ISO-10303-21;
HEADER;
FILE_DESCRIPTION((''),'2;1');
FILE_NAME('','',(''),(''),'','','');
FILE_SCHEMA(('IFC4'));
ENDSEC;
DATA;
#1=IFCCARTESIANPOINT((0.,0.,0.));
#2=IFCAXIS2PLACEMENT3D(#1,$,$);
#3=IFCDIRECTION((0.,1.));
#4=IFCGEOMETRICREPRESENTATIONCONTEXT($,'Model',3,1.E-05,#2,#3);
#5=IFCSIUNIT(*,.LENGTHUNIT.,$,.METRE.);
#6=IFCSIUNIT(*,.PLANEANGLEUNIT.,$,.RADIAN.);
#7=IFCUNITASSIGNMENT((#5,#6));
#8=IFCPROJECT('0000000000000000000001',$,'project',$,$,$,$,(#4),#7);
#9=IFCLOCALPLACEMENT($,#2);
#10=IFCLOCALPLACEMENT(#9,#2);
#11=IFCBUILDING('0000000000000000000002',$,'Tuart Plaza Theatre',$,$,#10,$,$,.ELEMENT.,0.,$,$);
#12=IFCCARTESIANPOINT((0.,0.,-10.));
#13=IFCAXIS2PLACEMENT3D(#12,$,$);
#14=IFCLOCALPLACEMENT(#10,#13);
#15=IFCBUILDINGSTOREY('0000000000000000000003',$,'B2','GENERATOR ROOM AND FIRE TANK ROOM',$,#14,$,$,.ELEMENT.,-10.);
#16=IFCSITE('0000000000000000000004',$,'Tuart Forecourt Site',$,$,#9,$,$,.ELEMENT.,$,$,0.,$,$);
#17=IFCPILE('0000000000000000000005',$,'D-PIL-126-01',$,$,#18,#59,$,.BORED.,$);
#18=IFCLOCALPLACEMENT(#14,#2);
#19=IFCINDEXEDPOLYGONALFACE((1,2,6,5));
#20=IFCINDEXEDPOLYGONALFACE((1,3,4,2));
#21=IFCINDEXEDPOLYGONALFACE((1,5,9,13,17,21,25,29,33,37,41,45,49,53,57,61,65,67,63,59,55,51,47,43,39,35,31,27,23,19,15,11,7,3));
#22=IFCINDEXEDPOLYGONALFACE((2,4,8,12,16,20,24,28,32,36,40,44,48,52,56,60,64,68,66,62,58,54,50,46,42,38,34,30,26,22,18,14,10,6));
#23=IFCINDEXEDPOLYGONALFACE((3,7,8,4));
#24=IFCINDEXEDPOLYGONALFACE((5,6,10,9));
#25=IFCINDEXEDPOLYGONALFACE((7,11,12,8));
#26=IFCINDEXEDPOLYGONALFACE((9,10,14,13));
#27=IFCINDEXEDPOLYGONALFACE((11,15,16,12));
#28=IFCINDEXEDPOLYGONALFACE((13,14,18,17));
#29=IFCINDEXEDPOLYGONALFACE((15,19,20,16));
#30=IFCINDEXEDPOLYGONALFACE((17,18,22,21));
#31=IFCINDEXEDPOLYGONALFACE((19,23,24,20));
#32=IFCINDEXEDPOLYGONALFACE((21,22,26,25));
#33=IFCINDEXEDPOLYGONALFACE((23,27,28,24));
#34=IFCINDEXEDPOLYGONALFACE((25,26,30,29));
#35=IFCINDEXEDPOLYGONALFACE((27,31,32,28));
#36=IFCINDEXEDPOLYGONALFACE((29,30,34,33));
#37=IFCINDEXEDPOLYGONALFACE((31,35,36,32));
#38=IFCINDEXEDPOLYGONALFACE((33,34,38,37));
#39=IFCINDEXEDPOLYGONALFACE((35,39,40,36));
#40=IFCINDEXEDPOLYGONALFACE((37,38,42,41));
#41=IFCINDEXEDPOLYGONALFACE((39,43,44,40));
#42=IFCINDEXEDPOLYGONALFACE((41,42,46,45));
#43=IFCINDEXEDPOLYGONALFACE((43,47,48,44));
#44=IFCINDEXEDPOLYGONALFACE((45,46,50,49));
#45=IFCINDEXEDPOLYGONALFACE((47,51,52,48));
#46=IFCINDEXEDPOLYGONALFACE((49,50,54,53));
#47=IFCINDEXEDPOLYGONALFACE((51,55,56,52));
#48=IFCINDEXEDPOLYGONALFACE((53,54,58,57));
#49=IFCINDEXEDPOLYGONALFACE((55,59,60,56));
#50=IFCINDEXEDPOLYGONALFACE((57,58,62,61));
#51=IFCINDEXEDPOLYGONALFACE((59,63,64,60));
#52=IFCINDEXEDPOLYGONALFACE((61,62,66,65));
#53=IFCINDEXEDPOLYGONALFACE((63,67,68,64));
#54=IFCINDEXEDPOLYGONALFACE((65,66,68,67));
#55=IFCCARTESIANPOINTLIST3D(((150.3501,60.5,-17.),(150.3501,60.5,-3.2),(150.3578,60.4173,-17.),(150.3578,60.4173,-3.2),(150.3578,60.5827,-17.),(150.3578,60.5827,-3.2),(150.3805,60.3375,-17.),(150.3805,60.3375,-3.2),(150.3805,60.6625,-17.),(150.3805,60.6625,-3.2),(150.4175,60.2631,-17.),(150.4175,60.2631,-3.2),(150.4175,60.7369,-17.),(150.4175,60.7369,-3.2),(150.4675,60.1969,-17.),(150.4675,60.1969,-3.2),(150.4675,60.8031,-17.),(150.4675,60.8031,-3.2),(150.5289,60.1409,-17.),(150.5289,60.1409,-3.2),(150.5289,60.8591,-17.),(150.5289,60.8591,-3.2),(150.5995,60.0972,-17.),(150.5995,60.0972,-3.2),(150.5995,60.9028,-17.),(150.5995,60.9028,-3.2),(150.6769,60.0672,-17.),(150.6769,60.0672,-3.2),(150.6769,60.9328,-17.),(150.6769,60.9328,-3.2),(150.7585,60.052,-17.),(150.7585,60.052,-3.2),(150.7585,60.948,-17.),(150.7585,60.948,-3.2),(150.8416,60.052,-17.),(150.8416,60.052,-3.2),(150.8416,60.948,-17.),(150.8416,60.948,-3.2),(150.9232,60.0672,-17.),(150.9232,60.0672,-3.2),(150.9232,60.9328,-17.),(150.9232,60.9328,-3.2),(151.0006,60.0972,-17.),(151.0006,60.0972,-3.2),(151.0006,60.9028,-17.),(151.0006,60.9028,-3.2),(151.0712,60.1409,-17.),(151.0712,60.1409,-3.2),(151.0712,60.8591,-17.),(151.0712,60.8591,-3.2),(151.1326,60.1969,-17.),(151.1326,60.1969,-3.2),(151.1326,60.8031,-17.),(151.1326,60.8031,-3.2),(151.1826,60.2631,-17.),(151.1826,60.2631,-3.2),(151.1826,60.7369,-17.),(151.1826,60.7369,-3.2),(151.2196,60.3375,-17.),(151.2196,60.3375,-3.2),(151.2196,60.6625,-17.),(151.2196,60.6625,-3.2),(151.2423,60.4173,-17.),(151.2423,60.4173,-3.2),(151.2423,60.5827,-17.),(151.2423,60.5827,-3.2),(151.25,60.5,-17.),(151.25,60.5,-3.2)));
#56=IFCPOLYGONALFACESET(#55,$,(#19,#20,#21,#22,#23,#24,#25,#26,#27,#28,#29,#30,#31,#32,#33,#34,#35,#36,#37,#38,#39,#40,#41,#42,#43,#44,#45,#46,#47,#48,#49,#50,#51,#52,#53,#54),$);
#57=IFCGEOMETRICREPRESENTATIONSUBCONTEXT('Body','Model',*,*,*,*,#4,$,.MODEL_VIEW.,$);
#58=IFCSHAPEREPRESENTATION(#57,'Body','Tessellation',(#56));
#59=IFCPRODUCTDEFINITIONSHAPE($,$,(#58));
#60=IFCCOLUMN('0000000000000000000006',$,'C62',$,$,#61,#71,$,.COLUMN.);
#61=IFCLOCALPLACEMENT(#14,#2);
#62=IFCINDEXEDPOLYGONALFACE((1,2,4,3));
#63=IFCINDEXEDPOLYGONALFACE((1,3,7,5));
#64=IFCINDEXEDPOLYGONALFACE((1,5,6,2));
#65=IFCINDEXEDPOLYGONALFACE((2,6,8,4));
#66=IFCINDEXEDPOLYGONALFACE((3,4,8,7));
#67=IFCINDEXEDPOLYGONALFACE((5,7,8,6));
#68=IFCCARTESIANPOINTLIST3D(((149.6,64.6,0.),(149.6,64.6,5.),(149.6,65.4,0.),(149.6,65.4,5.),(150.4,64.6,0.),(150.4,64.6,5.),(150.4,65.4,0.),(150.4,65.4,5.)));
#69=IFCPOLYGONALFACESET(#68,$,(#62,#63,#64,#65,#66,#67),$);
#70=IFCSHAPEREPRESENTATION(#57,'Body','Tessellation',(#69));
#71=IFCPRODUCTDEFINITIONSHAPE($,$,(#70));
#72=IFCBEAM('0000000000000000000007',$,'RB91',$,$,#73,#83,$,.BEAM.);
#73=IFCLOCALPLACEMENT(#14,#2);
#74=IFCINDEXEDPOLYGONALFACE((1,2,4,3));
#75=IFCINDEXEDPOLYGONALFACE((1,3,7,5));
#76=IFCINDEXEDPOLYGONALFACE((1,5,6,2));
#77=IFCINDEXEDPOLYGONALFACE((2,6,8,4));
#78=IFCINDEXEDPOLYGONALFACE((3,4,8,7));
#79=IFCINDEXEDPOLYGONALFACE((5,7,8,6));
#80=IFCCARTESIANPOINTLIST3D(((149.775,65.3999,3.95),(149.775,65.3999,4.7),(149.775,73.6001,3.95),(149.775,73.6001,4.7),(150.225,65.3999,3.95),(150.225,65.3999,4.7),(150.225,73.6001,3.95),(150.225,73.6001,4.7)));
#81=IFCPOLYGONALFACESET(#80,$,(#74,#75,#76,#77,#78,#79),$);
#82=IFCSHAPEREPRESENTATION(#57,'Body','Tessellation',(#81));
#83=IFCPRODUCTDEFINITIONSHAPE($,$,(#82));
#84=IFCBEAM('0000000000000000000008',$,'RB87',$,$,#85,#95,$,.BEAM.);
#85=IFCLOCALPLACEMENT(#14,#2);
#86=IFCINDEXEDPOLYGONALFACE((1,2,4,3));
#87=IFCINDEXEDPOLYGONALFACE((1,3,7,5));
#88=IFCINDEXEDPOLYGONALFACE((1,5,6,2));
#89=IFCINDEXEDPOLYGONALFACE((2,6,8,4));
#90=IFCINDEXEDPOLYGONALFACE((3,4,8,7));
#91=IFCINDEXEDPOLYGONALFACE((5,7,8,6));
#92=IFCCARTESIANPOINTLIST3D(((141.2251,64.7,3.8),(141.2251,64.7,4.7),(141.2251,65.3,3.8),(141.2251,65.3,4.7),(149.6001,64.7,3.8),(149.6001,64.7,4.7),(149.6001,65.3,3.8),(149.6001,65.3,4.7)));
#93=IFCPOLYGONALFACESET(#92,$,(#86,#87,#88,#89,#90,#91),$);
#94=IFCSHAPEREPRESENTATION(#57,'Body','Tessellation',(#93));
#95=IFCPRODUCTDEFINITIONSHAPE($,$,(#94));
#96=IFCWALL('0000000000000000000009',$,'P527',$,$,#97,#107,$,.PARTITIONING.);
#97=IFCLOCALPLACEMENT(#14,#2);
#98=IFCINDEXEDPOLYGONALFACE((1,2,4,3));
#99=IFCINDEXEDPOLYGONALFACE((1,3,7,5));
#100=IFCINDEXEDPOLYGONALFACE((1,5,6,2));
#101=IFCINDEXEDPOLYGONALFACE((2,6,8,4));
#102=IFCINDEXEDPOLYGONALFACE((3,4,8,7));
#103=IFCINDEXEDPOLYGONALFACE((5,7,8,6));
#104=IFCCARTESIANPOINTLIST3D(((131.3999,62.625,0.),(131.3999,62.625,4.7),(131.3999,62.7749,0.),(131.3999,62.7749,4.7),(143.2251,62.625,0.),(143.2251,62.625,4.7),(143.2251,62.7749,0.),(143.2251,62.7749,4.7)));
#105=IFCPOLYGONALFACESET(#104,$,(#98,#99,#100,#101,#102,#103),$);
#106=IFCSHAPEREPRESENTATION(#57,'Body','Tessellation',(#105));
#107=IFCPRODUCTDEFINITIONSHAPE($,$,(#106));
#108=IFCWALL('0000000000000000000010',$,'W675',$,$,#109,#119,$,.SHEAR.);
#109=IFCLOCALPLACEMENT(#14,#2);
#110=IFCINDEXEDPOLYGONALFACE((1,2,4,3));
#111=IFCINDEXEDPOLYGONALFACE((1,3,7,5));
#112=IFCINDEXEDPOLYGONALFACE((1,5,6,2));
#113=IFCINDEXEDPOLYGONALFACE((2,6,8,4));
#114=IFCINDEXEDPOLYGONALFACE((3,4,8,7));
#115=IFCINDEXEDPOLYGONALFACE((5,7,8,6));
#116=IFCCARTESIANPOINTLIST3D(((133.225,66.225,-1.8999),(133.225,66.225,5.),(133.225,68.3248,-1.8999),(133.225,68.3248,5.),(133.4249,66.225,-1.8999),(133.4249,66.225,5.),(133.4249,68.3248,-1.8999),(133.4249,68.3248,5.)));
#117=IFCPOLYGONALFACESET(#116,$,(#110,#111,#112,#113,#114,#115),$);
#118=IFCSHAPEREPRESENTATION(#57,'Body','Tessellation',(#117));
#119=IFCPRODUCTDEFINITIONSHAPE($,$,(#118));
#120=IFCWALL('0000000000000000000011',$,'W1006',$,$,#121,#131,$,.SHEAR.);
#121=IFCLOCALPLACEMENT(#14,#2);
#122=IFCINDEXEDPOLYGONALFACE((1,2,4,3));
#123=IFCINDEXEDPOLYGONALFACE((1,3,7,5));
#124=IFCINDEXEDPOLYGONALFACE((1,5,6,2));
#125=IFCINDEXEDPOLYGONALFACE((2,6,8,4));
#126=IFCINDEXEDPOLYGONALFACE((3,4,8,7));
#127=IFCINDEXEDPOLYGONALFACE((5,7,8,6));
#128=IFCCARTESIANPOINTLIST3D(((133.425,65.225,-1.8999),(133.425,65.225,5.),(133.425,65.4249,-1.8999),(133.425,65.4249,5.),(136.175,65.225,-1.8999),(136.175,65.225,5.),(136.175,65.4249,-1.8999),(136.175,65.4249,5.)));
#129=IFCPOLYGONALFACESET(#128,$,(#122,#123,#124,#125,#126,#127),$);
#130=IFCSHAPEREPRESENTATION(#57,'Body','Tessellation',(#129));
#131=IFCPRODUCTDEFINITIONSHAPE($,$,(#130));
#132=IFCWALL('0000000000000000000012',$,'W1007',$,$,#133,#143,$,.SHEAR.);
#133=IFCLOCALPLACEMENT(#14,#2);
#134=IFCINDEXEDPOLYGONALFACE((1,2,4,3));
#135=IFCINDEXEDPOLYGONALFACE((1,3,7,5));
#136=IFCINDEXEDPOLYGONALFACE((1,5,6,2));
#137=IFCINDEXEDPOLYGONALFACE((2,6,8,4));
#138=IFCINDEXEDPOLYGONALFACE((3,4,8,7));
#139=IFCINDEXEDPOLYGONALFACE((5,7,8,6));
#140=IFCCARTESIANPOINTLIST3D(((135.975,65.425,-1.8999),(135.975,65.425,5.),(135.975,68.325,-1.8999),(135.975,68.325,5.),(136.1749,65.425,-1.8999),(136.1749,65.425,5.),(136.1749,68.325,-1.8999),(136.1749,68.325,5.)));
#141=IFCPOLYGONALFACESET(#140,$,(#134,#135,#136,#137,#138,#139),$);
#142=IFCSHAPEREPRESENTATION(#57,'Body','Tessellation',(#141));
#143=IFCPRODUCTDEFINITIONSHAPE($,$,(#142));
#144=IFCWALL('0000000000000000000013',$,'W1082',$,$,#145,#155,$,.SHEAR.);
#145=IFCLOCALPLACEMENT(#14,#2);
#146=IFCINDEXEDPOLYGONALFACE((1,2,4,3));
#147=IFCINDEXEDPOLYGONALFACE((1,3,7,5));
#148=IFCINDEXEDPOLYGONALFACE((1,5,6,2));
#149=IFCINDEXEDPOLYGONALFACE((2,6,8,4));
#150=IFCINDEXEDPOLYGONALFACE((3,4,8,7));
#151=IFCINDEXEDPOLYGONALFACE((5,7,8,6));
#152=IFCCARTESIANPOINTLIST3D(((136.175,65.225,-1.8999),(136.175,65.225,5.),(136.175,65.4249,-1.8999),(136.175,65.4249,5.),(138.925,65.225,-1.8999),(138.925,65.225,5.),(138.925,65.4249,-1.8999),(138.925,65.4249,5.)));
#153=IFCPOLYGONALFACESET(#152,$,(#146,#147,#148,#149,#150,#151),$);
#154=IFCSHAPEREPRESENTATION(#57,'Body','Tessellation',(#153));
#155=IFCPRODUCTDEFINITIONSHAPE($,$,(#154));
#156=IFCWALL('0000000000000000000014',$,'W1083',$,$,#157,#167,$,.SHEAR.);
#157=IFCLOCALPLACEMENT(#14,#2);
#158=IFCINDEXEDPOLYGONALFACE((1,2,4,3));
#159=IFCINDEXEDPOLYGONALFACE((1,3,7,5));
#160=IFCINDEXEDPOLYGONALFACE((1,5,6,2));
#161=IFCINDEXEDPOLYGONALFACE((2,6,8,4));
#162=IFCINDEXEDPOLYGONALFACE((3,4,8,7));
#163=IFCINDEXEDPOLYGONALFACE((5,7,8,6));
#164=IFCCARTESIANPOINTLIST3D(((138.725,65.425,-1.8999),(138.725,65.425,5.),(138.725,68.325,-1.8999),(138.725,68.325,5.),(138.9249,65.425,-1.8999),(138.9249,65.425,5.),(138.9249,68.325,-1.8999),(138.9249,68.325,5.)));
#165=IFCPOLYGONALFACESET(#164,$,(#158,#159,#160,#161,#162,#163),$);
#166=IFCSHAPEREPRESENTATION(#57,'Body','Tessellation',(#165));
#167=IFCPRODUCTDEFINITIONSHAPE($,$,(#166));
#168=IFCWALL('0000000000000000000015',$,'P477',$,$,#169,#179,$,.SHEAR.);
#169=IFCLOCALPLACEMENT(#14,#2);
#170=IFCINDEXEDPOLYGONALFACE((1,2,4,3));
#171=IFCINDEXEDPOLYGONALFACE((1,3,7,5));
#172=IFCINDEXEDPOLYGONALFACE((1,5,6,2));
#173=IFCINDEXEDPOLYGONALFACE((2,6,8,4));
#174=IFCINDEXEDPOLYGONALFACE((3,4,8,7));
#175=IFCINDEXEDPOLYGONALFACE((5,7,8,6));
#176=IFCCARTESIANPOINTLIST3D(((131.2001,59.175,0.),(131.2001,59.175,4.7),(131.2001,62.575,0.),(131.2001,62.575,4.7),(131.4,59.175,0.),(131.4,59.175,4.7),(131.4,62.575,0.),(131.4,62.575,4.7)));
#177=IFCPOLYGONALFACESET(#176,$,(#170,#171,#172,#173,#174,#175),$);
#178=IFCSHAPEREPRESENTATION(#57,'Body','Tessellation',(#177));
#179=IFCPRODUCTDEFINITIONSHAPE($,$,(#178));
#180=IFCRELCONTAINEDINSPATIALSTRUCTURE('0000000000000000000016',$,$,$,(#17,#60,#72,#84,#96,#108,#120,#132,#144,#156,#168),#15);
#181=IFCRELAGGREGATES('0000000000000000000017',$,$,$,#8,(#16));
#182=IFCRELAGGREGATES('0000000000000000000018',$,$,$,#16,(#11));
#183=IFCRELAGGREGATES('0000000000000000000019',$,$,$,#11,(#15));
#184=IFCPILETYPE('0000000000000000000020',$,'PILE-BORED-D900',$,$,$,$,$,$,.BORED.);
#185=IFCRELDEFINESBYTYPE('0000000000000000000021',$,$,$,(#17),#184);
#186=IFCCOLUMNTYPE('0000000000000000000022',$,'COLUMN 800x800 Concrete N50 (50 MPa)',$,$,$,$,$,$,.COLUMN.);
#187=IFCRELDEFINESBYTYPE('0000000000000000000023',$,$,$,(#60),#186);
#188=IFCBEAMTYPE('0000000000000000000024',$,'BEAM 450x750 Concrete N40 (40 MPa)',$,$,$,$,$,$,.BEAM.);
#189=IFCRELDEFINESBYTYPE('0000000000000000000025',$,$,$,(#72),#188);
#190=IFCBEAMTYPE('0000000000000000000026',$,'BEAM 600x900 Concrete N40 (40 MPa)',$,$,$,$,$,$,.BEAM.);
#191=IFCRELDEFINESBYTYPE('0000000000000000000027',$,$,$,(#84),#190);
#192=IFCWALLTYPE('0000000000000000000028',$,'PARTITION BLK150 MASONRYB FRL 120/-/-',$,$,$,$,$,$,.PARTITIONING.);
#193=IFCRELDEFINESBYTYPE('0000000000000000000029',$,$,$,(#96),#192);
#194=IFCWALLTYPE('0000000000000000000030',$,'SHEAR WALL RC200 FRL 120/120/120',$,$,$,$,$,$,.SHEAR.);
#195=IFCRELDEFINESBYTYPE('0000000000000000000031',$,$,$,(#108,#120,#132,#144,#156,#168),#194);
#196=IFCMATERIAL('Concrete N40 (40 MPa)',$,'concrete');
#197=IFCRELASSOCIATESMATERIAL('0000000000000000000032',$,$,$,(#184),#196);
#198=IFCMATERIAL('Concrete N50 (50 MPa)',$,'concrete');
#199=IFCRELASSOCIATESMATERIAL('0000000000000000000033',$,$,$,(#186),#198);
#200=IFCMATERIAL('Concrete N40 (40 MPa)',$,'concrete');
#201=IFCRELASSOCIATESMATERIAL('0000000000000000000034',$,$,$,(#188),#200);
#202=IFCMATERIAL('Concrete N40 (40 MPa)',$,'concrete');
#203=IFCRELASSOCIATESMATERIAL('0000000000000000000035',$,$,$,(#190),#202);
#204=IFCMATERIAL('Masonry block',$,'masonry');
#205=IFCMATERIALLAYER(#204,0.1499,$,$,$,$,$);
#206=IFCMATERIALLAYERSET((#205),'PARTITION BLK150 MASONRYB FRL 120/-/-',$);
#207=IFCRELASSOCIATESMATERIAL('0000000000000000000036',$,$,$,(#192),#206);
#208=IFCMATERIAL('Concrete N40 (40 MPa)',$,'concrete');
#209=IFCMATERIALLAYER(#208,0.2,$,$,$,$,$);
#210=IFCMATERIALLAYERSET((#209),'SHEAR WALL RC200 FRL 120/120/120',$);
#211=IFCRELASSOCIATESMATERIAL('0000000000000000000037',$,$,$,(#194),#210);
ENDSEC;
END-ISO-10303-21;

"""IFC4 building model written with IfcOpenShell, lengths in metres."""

from ifc_helpers import new_model, si_unit, direction, frame, frame_2d, origin, origin_2d, place, context, subcontext, project, spatial, rectangle, circle, extrude, material, layer, layer_set, material_profile, profile_set, type_object, element, save


model = new_model("IFC4")

# Units and contexts
model_context = context("Model", 3, precision=1e-05, world=origin(), true_north=direction((0.0, 1.0)))
body_context = subcontext(model_context, "Body", "Model", "MODEL_VIEW")
ifc_project = project(units=[si_unit("LENGTHUNIT", "METRE"), si_unit("PLANEANGLEUNIT", "RADIAN")], contexts=[model_context])

# Site, building, storey
site_placement = place(None, origin())
site = spatial("IfcSite", under=ifc_project, at=site_placement, Name="Tuart Forecourt Site", CompositionType="ELEMENT", RefElevation=0.0)
building_placement = place(site_placement, origin())
building = spatial("IfcBuilding", under=site, at=building_placement, Name="Tuart Plaza Theatre", CompositionType="ELEMENT", ElevationOfRefHeight=0.0)
storey_placement = place(building_placement, frame((0.0, 0.0, -10.0)))
storey = spatial("IfcBuildingStorey", under=building, at=storey_placement, Name="B2", Description="GENERATOR ROOM AND FIRE TANK ROOM", CompositionType="ELEMENT", Elevation=-10.0)

# Pile
ifc_material_1 = material(Name="Concrete N40 (40 MPa)", Category="concrete")
ifc_material_profile_1 = material_profile(ifc_material_1, circle(Radius=0.45, at=origin_2d()), Name="PILE-BORED-D900")
ifc_profile_set_1 = profile_set([ifc_material_profile_1], Name="Concrete N40 (40 MPa)")
pile_type_1 = type_object("IfcPileType", Name="PILE-BORED-D900", PredefinedType="BORED", material=ifc_profile_set_1)
pile_placement = place(storey_placement, frame((150.8, 60.5, -3.2), z_axis=(0.0, 0.0, -1.0), x_axis=(1.0, 0.0, 0.0)))
element("IfcPile", 1, at=pile_placement, inside=storey, type_object=pile_type_1, Name="D-PIL-126-01", PredefinedType="BORED", context=body_context, shape_type="SweptSolid", body=[
    extrude(circle(Radius=0.45, at=origin_2d()), origin(), (0.0, 0.0, 1.0), 13.8),
])

# Column
ifc_material_2 = material(Name="Concrete N50 (50 MPa)", Category="concrete")
ifc_material_profile_2 = material_profile(ifc_material_2, rectangle(XDim=0.8, YDim=0.8, at=origin_2d()), Name="COLUMN 800x800 Concrete N50 (50 MPa)")
ifc_profile_set_2 = profile_set([ifc_material_profile_2], Name="Concrete N50 (50 MPa)")
column_type = type_object("IfcColumnType", Name="COLUMN 800x800 Concrete N50 (50 MPa)", PredefinedType="COLUMN", material=ifc_profile_set_2)
column_placement = place(storey_placement, frame((150.0, 65.0, 0.0), z_axis=(0.0, 0.0, 1.0), x_axis=(1.0, 0.0, 0.0)))
element("IfcColumn", 2, at=column_placement, inside=storey, type_object=column_type, Name="C62", PredefinedType="COLUMN", context=body_context, shape_type="SweptSolid", body=[
    extrude(rectangle(XDim=0.8, YDim=0.8, at=origin_2d()), origin(), (0.0, 0.0, 1.0), 5.0),
])

# Beams
ifc_material_3 = material(Name="Concrete N40 (40 MPa)", Category="concrete")
ifc_material_profile_3 = material_profile(ifc_material_3, rectangle(XDim=0.45, YDim=0.75, at=origin_2d()), Name="BEAM 450x750 Concrete N40 (40 MPa)")
ifc_profile_set_3 = profile_set([ifc_material_profile_3], Name="Concrete N40 (40 MPa)")
beam_type_1 = type_object("IfcBeamType", Name="BEAM 450x750 Concrete N40 (40 MPa)", PredefinedType="BEAM", material=ifc_profile_set_3)
beam_1_placement = place(storey_placement, frame((150.0, 65.3999, 4.325), z_axis=(0.0, 1.0, 0.0), x_axis=(-1.0, 0.0, 0.0)))
element("IfcBeam", 3, at=beam_1_placement, inside=storey, type_object=beam_type_1, Name="RB91", PredefinedType="BEAM", context=body_context, shape_type="SweptSolid", body=[
    extrude(rectangle(XDim=0.45, YDim=0.75, at=origin_2d()), origin(), (0.0, 0.0, 1.0), 8.2002),
])
ifc_material_4 = material(Name="Concrete N40 (40 MPa)", Category="concrete")
ifc_material_profile_4 = material_profile(ifc_material_4, rectangle(XDim=0.6001, YDim=0.8999, at=origin_2d()), Name="BEAM 600x900 Concrete N40 (40 MPa)")
ifc_profile_set_4 = profile_set([ifc_material_profile_4], Name="Concrete N40 (40 MPa)")
beam_type_2 = type_object("IfcBeamType", Name="BEAM 600x900 Concrete N40 (40 MPa)", PredefinedType="BEAM", material=ifc_profile_set_4)
beam_2_placement = place(storey_placement, frame((141.2251, 65.0, 4.25), z_axis=(1.0, 0.0, 0.0), x_axis=(0.0, 1.0, 0.0)))
element("IfcBeam", 4, at=beam_2_placement, inside=storey, type_object=beam_type_2, Name="RB87", PredefinedType="BEAM", context=body_context, shape_type="SweptSolid", body=[
    extrude(rectangle(XDim=0.6001, YDim=0.8999, at=origin_2d()), origin(), (0.0, 0.0, 1.0), 8.375),
])

# Walls
ifc_material_5 = material(Name="Masonry block", Category="masonry")
ifc_layer_1 = layer(ifc_material_5, 0.1499)
ifc_layer_set_1 = layer_set([ifc_layer_1], Name="PARTITION BLK150 MASONRYB FRL 120/-/-")
wall_type_1 = type_object("IfcWallType", Name="PARTITION BLK150 MASONRYB FRL 120/-/-", PredefinedType="PARTITIONING", material=ifc_layer_set_1)
wall_1_placement = place(storey_placement, frame((143.2251, 62.7, 0.0), z_axis=(0.0, 0.0, 1.0), x_axis=(-1.0, 0.0, 0.0)))
element("IfcWall", 5, at=wall_1_placement, inside=storey, type_object=wall_type_1, Name="P527", PredefinedType="PARTITIONING", context=body_context, shape_type="SweptSolid", body=[
    extrude(rectangle(XDim=11.8252, YDim=0.1499, at=frame_2d((5.9126, 0.0))), origin(), (0.0, 0.0, 1.0), 4.7),
])
ifc_material_6 = material(Name="Concrete N40 (40 MPa)", Category="concrete")
ifc_layer_2 = layer(ifc_material_6, 0.2)
ifc_layer_set_2 = layer_set([ifc_layer_2], Name="SHEAR WALL RC200 FRL 120/120/120")
wall_type_2 = type_object("IfcWallType", Name="SHEAR WALL RC200 FRL 120/120/120", PredefinedType="SHEAR", material=ifc_layer_set_2)
wall_2_placement = place(storey_placement, frame((133.325, 66.2251, -1.8999), z_axis=(0.0, 0.0, 1.0), x_axis=(0.0, 1.0, 0.0)))
element("IfcWall", 6, at=wall_2_placement, inside=storey, type_object=wall_type_2, Name="W675", PredefinedType="SHEAR", context=body_context, shape_type="SweptSolid", body=[
    extrude(rectangle(XDim=2.0999, YDim=0.2, at=frame_2d((1.0498, 0.0))), origin(), (0.0, 0.0, 1.0), 6.8999),
])
wall_3_placement = place(storey_placement, frame((133.425, 65.325, -1.8999), z_axis=(0.0, 0.0, 1.0), x_axis=(1.0, 0.0, 0.0)))
element("IfcWall", 7, at=wall_3_placement, inside=storey, type_object=wall_type_2, Name="W1006", PredefinedType="SHEAR", context=body_context, shape_type="SweptSolid", body=[
    extrude(rectangle(XDim=2.75, YDim=0.2, at=frame_2d((1.375, 0.0))), origin(), (0.0, 0.0, 1.0), 6.8999),
])
wall_4_placement = place(storey_placement, frame((136.075, 65.425, -1.8999), z_axis=(0.0, 0.0, 1.0), x_axis=(0.0, 1.0, 0.0)))
element("IfcWall", 8, at=wall_4_placement, inside=storey, type_object=wall_type_2, Name="W1007", PredefinedType="SHEAR", context=body_context, shape_type="SweptSolid", body=[
    extrude(rectangle(XDim=2.8999, YDim=0.2, at=frame_2d((1.45, 0.0))), origin(), (0.0, 0.0, 1.0), 6.8999),
])
wall_5_placement = place(storey_placement, frame((136.175, 65.325, -1.8999), z_axis=(0.0, 0.0, 1.0), x_axis=(1.0, 0.0, 0.0)))
element("IfcWall", 9, at=wall_5_placement, inside=storey, type_object=wall_type_2, Name="W1082", PredefinedType="SHEAR", context=body_context, shape_type="SweptSolid", body=[
    extrude(rectangle(XDim=2.75, YDim=0.2, at=frame_2d((1.375, 0.0))), origin(), (0.0, 0.0, 1.0), 6.8999),
])
wall_6_placement = place(storey_placement, frame((138.825, 65.425, -1.8999), z_axis=(0.0, 0.0, 1.0), x_axis=(0.0, 1.0, 0.0)))
element("IfcWall", 10, at=wall_6_placement, inside=storey, type_object=wall_type_2, Name="W1083", PredefinedType="SHEAR", context=body_context, shape_type="SweptSolid", body=[
    extrude(rectangle(XDim=2.8999, YDim=0.2, at=frame_2d((1.45, 0.0))), origin(), (0.0, 0.0, 1.0), 6.8999),
])
wall_7_placement = place(storey_placement, frame((131.3, 59.175, 0.0), z_axis=(0.0, 0.0, 1.0), x_axis=(0.0, 1.0, 0.0)))
element("IfcWall", 11, at=wall_7_placement, inside=storey, type_object=wall_type_2, Name="P477", PredefinedType="SHEAR", context=body_context, shape_type="SweptSolid", body=[
    extrude(rectangle(XDim=3.3999, YDim=0.2, at=frame_2d((1.7, 0.0))), origin(), (0.0, 0.0, 1.0), 4.7),
])

save(model, "model.ifc")
